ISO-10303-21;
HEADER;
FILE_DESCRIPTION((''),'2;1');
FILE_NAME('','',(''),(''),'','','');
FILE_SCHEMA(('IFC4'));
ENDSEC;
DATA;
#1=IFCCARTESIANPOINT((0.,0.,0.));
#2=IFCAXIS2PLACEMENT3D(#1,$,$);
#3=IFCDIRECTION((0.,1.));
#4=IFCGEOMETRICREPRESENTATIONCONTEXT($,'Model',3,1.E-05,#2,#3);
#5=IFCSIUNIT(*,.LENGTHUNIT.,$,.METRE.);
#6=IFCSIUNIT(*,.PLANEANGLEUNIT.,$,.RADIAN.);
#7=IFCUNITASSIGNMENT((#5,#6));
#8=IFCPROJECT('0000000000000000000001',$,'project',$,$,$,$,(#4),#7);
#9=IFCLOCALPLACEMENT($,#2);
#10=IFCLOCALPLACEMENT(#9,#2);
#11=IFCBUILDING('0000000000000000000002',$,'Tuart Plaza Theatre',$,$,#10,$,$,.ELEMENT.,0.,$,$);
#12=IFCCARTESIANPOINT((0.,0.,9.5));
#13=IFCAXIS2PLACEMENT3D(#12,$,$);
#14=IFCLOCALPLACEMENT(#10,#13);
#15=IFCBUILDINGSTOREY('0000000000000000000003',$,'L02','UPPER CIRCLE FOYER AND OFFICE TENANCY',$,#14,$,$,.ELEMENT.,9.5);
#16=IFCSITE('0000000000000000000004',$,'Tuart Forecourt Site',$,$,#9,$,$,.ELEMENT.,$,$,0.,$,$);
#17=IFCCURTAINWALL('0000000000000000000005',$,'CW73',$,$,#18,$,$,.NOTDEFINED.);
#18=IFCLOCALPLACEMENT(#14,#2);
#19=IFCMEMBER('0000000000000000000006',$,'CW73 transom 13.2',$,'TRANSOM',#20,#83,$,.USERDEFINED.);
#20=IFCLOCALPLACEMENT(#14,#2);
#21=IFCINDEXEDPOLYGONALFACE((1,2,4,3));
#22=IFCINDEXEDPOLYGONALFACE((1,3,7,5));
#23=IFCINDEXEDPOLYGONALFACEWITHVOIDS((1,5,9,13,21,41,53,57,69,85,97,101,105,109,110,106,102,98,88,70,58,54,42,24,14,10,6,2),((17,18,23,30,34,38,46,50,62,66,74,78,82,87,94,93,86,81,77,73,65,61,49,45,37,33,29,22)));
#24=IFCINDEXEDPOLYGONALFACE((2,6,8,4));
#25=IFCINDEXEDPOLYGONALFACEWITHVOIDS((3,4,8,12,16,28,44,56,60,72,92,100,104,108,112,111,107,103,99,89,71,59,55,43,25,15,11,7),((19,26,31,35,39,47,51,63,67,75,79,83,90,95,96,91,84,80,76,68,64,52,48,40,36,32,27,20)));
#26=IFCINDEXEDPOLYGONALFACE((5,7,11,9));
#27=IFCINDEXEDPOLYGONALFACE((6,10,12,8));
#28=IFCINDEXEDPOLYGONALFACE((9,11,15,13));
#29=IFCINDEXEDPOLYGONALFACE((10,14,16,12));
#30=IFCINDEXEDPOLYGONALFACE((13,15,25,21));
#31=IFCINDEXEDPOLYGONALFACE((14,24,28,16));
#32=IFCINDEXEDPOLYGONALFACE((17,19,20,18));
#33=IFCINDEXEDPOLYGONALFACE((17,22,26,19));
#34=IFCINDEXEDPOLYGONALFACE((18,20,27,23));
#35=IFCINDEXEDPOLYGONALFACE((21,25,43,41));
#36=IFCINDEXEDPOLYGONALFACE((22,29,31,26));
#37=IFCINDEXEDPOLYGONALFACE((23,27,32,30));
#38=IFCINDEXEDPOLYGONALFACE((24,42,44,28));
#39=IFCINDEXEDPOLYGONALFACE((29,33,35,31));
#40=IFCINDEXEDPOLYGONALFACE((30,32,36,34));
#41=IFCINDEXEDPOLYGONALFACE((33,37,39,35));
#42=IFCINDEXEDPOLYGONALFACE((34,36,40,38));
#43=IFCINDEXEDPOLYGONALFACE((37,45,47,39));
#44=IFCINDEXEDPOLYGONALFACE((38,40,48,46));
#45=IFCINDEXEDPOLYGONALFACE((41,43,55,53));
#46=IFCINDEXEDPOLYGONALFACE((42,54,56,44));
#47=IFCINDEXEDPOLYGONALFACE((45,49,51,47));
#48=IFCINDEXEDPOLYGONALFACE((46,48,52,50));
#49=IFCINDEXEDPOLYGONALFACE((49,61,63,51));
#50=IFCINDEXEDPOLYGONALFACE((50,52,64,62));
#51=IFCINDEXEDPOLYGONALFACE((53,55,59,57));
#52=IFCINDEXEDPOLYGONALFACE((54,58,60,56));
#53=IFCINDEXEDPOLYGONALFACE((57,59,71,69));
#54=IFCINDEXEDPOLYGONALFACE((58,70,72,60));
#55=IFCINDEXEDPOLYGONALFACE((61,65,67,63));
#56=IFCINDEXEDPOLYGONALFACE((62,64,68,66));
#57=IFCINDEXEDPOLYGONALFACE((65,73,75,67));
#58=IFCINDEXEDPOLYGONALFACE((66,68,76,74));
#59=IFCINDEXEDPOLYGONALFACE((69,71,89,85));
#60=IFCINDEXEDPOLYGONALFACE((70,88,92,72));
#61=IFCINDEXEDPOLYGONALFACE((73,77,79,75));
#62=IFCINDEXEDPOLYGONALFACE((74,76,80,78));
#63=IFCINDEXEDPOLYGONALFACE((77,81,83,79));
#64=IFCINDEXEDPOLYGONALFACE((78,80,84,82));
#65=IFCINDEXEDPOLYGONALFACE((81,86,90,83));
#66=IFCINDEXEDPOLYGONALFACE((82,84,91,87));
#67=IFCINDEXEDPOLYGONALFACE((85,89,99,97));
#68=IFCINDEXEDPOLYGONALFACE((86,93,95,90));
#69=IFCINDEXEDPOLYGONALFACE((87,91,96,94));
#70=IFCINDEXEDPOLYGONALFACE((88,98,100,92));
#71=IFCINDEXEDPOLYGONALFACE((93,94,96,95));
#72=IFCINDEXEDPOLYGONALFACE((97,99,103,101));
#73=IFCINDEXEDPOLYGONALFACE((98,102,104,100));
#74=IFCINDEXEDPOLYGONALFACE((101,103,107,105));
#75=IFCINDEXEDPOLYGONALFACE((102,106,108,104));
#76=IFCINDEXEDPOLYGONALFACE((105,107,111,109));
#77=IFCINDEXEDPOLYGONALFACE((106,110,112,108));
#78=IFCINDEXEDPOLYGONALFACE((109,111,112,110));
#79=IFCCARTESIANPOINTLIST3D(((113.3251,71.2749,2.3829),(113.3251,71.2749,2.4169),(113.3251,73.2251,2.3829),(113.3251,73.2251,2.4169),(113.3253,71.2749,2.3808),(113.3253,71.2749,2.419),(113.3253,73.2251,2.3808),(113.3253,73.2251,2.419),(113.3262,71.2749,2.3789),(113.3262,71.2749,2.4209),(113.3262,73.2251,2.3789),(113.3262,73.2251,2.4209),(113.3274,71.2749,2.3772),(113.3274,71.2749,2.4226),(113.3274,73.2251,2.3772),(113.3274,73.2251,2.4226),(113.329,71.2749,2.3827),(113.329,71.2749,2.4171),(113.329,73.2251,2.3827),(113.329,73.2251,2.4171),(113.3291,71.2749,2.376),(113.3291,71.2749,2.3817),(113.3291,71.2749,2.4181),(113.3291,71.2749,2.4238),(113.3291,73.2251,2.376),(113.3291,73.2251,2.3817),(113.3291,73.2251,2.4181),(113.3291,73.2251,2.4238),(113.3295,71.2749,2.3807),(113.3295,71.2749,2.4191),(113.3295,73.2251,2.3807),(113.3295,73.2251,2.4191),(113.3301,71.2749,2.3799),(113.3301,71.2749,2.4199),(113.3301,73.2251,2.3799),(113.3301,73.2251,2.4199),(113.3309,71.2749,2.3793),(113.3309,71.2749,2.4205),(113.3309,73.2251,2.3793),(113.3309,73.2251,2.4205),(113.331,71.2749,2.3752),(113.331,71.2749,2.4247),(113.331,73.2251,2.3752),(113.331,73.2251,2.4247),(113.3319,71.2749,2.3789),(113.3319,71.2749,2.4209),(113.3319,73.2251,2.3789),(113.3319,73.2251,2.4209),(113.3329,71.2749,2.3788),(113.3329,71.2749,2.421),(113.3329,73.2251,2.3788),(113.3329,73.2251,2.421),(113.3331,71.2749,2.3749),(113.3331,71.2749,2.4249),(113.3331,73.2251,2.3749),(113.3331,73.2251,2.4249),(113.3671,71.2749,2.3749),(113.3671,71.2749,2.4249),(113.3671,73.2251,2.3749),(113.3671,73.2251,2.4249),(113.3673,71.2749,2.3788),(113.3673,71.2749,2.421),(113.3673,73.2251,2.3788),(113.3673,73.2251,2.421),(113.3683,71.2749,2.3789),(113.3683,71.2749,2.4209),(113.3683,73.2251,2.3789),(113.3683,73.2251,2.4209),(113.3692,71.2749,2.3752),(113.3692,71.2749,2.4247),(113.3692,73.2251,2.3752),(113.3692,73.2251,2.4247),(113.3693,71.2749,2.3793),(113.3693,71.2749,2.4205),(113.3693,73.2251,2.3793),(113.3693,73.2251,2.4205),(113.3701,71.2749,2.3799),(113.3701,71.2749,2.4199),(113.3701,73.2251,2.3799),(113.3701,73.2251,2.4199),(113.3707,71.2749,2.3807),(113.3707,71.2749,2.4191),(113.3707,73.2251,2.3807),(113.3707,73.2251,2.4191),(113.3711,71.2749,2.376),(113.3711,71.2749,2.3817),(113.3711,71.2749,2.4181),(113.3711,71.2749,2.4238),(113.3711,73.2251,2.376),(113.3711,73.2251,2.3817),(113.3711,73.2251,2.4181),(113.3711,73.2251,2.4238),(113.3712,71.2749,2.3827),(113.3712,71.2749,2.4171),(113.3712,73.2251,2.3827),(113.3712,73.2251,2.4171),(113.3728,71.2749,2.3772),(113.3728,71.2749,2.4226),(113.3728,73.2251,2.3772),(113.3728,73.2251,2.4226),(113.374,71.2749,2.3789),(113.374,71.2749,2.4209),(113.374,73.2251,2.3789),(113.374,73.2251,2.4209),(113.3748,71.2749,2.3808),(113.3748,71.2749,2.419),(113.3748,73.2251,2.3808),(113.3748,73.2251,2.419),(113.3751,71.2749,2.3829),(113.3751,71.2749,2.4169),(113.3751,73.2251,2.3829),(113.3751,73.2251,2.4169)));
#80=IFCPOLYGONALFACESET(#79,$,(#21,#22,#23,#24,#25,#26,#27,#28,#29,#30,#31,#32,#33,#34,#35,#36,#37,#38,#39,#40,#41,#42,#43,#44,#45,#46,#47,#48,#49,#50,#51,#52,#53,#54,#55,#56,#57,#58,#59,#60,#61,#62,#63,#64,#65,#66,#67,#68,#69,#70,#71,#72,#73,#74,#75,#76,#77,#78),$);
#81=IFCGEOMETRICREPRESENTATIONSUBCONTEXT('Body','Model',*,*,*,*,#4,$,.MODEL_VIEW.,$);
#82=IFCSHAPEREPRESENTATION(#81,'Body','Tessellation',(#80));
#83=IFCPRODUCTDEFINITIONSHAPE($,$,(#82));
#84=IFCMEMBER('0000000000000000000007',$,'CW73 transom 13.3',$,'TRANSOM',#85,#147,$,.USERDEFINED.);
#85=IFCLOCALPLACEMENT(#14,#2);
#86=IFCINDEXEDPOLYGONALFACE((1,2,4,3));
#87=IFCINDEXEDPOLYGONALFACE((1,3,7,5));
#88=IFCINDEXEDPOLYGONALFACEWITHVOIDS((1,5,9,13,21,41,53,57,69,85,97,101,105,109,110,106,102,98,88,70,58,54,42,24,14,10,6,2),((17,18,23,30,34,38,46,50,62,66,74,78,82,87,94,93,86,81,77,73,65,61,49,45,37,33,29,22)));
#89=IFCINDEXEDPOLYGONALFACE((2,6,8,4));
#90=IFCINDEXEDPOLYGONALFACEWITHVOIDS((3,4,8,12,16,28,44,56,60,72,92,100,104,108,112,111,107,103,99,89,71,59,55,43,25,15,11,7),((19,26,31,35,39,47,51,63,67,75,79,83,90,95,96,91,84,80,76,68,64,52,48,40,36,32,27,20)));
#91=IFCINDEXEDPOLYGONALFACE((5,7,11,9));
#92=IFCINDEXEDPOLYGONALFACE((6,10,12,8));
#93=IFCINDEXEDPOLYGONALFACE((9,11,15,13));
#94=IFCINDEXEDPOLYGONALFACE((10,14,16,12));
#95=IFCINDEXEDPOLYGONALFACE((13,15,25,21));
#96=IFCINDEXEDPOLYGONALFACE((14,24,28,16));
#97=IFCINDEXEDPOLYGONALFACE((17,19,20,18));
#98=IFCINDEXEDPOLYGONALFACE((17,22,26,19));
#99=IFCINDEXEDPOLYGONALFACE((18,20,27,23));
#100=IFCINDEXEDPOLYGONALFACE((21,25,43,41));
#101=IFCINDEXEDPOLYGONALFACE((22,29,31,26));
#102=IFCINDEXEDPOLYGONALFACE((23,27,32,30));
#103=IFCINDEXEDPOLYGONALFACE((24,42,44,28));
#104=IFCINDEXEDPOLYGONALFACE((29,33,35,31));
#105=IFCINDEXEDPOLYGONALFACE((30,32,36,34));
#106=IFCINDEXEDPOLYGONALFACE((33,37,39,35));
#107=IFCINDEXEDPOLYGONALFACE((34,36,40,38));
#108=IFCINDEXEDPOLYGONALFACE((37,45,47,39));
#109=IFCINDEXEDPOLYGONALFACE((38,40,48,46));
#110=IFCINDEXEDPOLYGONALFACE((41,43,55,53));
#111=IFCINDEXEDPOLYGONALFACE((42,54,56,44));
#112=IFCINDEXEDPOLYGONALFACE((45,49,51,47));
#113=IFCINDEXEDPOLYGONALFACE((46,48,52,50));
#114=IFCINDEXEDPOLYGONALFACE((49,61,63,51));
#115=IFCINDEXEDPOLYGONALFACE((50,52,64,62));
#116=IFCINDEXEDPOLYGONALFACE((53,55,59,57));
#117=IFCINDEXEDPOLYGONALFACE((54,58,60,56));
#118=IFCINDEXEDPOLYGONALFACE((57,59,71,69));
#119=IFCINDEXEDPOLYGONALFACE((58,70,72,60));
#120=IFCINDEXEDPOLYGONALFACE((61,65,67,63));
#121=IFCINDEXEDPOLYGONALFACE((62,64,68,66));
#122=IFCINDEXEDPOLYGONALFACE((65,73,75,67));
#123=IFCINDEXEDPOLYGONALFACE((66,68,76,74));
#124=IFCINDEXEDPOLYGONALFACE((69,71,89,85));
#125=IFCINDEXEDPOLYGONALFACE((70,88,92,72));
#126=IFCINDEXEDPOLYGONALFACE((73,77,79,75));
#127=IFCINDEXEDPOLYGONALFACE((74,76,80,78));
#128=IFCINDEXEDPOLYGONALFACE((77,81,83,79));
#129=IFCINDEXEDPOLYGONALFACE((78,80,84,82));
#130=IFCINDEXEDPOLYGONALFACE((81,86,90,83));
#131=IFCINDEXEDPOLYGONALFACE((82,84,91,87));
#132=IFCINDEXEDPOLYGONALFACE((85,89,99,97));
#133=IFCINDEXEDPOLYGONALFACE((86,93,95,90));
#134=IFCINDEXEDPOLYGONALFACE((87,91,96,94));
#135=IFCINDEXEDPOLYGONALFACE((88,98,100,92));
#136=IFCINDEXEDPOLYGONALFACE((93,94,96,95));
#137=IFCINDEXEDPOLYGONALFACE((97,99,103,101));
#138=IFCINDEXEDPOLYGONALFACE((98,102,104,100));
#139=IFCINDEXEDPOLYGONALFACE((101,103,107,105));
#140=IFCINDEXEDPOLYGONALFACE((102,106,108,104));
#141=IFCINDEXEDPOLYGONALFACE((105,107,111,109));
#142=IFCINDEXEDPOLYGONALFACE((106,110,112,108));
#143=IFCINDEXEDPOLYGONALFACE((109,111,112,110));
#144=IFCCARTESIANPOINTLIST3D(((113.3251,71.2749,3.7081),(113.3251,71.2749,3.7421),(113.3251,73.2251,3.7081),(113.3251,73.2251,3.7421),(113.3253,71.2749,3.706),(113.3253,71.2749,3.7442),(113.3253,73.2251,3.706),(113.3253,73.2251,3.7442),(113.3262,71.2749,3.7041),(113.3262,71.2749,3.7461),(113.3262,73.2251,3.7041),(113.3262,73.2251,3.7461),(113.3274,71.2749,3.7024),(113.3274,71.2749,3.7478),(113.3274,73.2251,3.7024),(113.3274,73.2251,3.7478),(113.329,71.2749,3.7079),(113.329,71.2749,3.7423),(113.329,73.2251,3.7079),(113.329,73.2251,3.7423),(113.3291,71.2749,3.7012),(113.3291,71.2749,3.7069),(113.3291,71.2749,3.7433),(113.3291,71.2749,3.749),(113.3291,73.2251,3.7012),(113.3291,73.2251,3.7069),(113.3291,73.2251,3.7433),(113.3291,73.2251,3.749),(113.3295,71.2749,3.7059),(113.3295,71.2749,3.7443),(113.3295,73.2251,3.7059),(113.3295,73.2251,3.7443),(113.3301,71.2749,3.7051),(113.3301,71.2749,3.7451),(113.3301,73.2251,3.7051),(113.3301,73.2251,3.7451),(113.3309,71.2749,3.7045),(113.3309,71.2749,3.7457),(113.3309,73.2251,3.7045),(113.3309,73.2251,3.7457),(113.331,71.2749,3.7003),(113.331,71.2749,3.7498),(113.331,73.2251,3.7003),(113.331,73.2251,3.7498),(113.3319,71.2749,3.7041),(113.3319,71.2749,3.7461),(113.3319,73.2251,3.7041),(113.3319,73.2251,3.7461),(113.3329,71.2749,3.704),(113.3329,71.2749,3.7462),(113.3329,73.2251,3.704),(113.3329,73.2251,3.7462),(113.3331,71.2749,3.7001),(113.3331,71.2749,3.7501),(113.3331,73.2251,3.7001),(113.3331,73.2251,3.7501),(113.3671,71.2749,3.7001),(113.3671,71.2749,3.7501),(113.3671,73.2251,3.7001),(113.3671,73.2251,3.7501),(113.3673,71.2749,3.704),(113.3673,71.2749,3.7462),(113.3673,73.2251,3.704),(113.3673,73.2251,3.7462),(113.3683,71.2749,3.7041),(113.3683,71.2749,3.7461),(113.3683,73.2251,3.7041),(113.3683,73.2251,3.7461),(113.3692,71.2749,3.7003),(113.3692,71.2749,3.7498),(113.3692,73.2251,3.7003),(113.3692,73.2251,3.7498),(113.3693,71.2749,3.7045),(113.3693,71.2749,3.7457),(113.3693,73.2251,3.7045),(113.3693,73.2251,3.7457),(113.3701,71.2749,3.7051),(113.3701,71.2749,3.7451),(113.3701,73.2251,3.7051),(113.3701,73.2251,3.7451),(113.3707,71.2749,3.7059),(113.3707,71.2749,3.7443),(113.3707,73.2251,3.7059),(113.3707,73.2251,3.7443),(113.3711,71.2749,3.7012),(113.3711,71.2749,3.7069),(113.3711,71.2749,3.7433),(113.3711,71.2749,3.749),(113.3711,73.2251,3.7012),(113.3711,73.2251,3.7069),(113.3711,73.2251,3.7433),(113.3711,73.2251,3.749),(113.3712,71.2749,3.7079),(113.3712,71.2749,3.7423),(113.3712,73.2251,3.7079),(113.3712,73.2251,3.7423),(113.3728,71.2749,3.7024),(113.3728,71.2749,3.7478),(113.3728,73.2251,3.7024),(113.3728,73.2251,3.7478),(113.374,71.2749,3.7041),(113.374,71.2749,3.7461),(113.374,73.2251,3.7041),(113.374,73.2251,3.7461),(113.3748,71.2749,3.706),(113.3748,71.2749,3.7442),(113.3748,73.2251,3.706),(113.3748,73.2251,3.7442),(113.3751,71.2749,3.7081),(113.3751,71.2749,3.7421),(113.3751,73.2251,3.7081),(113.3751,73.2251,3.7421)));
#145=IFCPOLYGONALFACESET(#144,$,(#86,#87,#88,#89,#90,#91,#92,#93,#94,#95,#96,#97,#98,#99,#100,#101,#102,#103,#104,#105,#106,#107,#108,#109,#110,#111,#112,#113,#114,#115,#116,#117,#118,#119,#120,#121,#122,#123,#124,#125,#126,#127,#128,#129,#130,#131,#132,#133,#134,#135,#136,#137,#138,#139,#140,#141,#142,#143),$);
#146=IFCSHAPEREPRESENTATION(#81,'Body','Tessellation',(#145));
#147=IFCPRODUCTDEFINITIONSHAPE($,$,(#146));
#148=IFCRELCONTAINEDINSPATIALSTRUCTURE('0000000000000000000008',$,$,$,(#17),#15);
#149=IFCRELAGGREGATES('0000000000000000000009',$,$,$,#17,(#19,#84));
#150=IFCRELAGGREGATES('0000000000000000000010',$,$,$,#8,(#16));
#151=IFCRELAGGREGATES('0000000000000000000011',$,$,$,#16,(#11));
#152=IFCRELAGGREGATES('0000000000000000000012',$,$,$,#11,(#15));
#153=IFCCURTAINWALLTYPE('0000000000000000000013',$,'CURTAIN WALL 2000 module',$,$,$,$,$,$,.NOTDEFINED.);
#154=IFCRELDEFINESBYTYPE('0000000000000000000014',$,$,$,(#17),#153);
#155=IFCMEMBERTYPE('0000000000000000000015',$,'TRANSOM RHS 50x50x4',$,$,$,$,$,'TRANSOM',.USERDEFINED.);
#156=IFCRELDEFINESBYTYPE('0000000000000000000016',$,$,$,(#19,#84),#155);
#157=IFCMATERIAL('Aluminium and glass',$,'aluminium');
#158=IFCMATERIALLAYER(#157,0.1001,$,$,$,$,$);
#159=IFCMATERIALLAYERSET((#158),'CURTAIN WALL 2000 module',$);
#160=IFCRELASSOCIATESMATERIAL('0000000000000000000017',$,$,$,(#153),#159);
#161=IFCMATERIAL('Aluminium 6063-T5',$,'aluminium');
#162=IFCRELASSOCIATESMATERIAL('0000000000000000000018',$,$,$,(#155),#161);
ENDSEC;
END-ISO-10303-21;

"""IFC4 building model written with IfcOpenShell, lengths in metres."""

from ifc_helpers import new_model, si_unit, direction, frame, origin, origin_2d, place, context, subcontext, project, spatial, hollow_rectangle, extrude, material, layer, layer_set, material_profile, profile_set, type_object, element, aggregate, save


model = new_model("IFC4")

# Units and contexts
model_context = context("Model", 3, precision=1e-05, world=origin(), true_north=direction((0.0, 1.0)))
body_context = subcontext(model_context, "Body", "Model", "MODEL_VIEW")
ifc_project = project(units=[si_unit("LENGTHUNIT", "METRE"), si_unit("PLANEANGLEUNIT", "RADIAN")], contexts=[model_context])

# Site, building, storey
site_placement = place(None, origin())
site = spatial("IfcSite", under=ifc_project, at=site_placement, Name="Tuart Forecourt Site", CompositionType="ELEMENT", RefElevation=0.0)
building_placement = place(site_placement, origin())
building = spatial("IfcBuilding", under=site, at=building_placement, Name="Tuart Plaza Theatre", CompositionType="ELEMENT", ElevationOfRefHeight=0.0)
storey_placement = place(building_placement, frame((0.0, 0.0, 9.5)))
storey = spatial("IfcBuildingStorey", under=building, at=storey_placement, Name="L02", Description="UPPER CIRCLE FOYER AND OFFICE TENANCY", CompositionType="ELEMENT", Elevation=9.5)

# Curtain wall, members
ifc_material_1 = material(Name="Aluminium and glass", Category="aluminium")
ifc_layer_1 = layer(ifc_material_1, 0.1001)
ifc_layer_set_1 = layer_set([ifc_layer_1], Name="CURTAIN WALL 2000 module")
curtain_wall_type = type_object("IfcCurtainWallType", Name="CURTAIN WALL 2000 module", PredefinedType="NOTDEFINED", material=ifc_layer_set_1)
curtain_wall_placement = place(storey_placement, origin())
curtain_wall = element("IfcCurtainWall", 1, at=curtain_wall_placement, inside=storey, type_object=curtain_wall_type, Name="CW73", PredefinedType="NOTDEFINED")
ifc_material_2 = material(Name="Aluminium 6063-T5", Category="aluminium")
ifc_material_profile_1 = material_profile(ifc_material_2, hollow_rectangle(XDim=0.05, YDim=0.05, WallThickness=0.0039, InnerFilletRadius=0.0039, OuterFilletRadius=0.0081, at=origin_2d()), Name="RHS 50x50x4")
ifc_profile_set_1 = profile_set([ifc_material_profile_1], Name="Aluminium 6063-T5")
member_type_1 = type_object("IfcMemberType", Name="TRANSOM RHS 50x50x4", ElementType="TRANSOM", PredefinedType="USERDEFINED", material=ifc_profile_set_1)
member_1_placement = place(storey_placement, frame((113.3501, 73.2251, 2.3999), z_axis=(0.0, -1.0, 0.0), x_axis=(1.0, 0.0, 0.0)))
member_1 = element("IfcMember", 2, at=member_1_placement, type_object=member_type_1, Name="CW73 transom 13.2", ObjectType="TRANSOM", PredefinedType="USERDEFINED", context=body_context, shape_type="SweptSolid", body=[
    extrude(hollow_rectangle(XDim=0.05, YDim=0.05, WallThickness=0.0039, InnerFilletRadius=0.0039, OuterFilletRadius=0.0081, at=origin_2d()), origin(), (0.0, 0.0, 1.0), 1.9502),
])
member_2_placement = place(storey_placement, frame((113.3501, 73.2251, 3.7251), z_axis=(0.0, -1.0, 0.0), x_axis=(1.0, 0.0, 0.0)))
member_2 = element("IfcMember", 3, at=member_2_placement, type_object=member_type_1, Name="CW73 transom 13.3", ObjectType="TRANSOM", PredefinedType="USERDEFINED", context=body_context, shape_type="SweptSolid", body=[
    extrude(hollow_rectangle(XDim=0.05, YDim=0.05, WallThickness=0.0039, InnerFilletRadius=0.0039, OuterFilletRadius=0.0081, at=origin_2d()), origin(), (0.0, 0.0, 1.0), 1.9502),
])
aggregate(curtain_wall, [member_1, member_2])

save(model, "model.ifc")
